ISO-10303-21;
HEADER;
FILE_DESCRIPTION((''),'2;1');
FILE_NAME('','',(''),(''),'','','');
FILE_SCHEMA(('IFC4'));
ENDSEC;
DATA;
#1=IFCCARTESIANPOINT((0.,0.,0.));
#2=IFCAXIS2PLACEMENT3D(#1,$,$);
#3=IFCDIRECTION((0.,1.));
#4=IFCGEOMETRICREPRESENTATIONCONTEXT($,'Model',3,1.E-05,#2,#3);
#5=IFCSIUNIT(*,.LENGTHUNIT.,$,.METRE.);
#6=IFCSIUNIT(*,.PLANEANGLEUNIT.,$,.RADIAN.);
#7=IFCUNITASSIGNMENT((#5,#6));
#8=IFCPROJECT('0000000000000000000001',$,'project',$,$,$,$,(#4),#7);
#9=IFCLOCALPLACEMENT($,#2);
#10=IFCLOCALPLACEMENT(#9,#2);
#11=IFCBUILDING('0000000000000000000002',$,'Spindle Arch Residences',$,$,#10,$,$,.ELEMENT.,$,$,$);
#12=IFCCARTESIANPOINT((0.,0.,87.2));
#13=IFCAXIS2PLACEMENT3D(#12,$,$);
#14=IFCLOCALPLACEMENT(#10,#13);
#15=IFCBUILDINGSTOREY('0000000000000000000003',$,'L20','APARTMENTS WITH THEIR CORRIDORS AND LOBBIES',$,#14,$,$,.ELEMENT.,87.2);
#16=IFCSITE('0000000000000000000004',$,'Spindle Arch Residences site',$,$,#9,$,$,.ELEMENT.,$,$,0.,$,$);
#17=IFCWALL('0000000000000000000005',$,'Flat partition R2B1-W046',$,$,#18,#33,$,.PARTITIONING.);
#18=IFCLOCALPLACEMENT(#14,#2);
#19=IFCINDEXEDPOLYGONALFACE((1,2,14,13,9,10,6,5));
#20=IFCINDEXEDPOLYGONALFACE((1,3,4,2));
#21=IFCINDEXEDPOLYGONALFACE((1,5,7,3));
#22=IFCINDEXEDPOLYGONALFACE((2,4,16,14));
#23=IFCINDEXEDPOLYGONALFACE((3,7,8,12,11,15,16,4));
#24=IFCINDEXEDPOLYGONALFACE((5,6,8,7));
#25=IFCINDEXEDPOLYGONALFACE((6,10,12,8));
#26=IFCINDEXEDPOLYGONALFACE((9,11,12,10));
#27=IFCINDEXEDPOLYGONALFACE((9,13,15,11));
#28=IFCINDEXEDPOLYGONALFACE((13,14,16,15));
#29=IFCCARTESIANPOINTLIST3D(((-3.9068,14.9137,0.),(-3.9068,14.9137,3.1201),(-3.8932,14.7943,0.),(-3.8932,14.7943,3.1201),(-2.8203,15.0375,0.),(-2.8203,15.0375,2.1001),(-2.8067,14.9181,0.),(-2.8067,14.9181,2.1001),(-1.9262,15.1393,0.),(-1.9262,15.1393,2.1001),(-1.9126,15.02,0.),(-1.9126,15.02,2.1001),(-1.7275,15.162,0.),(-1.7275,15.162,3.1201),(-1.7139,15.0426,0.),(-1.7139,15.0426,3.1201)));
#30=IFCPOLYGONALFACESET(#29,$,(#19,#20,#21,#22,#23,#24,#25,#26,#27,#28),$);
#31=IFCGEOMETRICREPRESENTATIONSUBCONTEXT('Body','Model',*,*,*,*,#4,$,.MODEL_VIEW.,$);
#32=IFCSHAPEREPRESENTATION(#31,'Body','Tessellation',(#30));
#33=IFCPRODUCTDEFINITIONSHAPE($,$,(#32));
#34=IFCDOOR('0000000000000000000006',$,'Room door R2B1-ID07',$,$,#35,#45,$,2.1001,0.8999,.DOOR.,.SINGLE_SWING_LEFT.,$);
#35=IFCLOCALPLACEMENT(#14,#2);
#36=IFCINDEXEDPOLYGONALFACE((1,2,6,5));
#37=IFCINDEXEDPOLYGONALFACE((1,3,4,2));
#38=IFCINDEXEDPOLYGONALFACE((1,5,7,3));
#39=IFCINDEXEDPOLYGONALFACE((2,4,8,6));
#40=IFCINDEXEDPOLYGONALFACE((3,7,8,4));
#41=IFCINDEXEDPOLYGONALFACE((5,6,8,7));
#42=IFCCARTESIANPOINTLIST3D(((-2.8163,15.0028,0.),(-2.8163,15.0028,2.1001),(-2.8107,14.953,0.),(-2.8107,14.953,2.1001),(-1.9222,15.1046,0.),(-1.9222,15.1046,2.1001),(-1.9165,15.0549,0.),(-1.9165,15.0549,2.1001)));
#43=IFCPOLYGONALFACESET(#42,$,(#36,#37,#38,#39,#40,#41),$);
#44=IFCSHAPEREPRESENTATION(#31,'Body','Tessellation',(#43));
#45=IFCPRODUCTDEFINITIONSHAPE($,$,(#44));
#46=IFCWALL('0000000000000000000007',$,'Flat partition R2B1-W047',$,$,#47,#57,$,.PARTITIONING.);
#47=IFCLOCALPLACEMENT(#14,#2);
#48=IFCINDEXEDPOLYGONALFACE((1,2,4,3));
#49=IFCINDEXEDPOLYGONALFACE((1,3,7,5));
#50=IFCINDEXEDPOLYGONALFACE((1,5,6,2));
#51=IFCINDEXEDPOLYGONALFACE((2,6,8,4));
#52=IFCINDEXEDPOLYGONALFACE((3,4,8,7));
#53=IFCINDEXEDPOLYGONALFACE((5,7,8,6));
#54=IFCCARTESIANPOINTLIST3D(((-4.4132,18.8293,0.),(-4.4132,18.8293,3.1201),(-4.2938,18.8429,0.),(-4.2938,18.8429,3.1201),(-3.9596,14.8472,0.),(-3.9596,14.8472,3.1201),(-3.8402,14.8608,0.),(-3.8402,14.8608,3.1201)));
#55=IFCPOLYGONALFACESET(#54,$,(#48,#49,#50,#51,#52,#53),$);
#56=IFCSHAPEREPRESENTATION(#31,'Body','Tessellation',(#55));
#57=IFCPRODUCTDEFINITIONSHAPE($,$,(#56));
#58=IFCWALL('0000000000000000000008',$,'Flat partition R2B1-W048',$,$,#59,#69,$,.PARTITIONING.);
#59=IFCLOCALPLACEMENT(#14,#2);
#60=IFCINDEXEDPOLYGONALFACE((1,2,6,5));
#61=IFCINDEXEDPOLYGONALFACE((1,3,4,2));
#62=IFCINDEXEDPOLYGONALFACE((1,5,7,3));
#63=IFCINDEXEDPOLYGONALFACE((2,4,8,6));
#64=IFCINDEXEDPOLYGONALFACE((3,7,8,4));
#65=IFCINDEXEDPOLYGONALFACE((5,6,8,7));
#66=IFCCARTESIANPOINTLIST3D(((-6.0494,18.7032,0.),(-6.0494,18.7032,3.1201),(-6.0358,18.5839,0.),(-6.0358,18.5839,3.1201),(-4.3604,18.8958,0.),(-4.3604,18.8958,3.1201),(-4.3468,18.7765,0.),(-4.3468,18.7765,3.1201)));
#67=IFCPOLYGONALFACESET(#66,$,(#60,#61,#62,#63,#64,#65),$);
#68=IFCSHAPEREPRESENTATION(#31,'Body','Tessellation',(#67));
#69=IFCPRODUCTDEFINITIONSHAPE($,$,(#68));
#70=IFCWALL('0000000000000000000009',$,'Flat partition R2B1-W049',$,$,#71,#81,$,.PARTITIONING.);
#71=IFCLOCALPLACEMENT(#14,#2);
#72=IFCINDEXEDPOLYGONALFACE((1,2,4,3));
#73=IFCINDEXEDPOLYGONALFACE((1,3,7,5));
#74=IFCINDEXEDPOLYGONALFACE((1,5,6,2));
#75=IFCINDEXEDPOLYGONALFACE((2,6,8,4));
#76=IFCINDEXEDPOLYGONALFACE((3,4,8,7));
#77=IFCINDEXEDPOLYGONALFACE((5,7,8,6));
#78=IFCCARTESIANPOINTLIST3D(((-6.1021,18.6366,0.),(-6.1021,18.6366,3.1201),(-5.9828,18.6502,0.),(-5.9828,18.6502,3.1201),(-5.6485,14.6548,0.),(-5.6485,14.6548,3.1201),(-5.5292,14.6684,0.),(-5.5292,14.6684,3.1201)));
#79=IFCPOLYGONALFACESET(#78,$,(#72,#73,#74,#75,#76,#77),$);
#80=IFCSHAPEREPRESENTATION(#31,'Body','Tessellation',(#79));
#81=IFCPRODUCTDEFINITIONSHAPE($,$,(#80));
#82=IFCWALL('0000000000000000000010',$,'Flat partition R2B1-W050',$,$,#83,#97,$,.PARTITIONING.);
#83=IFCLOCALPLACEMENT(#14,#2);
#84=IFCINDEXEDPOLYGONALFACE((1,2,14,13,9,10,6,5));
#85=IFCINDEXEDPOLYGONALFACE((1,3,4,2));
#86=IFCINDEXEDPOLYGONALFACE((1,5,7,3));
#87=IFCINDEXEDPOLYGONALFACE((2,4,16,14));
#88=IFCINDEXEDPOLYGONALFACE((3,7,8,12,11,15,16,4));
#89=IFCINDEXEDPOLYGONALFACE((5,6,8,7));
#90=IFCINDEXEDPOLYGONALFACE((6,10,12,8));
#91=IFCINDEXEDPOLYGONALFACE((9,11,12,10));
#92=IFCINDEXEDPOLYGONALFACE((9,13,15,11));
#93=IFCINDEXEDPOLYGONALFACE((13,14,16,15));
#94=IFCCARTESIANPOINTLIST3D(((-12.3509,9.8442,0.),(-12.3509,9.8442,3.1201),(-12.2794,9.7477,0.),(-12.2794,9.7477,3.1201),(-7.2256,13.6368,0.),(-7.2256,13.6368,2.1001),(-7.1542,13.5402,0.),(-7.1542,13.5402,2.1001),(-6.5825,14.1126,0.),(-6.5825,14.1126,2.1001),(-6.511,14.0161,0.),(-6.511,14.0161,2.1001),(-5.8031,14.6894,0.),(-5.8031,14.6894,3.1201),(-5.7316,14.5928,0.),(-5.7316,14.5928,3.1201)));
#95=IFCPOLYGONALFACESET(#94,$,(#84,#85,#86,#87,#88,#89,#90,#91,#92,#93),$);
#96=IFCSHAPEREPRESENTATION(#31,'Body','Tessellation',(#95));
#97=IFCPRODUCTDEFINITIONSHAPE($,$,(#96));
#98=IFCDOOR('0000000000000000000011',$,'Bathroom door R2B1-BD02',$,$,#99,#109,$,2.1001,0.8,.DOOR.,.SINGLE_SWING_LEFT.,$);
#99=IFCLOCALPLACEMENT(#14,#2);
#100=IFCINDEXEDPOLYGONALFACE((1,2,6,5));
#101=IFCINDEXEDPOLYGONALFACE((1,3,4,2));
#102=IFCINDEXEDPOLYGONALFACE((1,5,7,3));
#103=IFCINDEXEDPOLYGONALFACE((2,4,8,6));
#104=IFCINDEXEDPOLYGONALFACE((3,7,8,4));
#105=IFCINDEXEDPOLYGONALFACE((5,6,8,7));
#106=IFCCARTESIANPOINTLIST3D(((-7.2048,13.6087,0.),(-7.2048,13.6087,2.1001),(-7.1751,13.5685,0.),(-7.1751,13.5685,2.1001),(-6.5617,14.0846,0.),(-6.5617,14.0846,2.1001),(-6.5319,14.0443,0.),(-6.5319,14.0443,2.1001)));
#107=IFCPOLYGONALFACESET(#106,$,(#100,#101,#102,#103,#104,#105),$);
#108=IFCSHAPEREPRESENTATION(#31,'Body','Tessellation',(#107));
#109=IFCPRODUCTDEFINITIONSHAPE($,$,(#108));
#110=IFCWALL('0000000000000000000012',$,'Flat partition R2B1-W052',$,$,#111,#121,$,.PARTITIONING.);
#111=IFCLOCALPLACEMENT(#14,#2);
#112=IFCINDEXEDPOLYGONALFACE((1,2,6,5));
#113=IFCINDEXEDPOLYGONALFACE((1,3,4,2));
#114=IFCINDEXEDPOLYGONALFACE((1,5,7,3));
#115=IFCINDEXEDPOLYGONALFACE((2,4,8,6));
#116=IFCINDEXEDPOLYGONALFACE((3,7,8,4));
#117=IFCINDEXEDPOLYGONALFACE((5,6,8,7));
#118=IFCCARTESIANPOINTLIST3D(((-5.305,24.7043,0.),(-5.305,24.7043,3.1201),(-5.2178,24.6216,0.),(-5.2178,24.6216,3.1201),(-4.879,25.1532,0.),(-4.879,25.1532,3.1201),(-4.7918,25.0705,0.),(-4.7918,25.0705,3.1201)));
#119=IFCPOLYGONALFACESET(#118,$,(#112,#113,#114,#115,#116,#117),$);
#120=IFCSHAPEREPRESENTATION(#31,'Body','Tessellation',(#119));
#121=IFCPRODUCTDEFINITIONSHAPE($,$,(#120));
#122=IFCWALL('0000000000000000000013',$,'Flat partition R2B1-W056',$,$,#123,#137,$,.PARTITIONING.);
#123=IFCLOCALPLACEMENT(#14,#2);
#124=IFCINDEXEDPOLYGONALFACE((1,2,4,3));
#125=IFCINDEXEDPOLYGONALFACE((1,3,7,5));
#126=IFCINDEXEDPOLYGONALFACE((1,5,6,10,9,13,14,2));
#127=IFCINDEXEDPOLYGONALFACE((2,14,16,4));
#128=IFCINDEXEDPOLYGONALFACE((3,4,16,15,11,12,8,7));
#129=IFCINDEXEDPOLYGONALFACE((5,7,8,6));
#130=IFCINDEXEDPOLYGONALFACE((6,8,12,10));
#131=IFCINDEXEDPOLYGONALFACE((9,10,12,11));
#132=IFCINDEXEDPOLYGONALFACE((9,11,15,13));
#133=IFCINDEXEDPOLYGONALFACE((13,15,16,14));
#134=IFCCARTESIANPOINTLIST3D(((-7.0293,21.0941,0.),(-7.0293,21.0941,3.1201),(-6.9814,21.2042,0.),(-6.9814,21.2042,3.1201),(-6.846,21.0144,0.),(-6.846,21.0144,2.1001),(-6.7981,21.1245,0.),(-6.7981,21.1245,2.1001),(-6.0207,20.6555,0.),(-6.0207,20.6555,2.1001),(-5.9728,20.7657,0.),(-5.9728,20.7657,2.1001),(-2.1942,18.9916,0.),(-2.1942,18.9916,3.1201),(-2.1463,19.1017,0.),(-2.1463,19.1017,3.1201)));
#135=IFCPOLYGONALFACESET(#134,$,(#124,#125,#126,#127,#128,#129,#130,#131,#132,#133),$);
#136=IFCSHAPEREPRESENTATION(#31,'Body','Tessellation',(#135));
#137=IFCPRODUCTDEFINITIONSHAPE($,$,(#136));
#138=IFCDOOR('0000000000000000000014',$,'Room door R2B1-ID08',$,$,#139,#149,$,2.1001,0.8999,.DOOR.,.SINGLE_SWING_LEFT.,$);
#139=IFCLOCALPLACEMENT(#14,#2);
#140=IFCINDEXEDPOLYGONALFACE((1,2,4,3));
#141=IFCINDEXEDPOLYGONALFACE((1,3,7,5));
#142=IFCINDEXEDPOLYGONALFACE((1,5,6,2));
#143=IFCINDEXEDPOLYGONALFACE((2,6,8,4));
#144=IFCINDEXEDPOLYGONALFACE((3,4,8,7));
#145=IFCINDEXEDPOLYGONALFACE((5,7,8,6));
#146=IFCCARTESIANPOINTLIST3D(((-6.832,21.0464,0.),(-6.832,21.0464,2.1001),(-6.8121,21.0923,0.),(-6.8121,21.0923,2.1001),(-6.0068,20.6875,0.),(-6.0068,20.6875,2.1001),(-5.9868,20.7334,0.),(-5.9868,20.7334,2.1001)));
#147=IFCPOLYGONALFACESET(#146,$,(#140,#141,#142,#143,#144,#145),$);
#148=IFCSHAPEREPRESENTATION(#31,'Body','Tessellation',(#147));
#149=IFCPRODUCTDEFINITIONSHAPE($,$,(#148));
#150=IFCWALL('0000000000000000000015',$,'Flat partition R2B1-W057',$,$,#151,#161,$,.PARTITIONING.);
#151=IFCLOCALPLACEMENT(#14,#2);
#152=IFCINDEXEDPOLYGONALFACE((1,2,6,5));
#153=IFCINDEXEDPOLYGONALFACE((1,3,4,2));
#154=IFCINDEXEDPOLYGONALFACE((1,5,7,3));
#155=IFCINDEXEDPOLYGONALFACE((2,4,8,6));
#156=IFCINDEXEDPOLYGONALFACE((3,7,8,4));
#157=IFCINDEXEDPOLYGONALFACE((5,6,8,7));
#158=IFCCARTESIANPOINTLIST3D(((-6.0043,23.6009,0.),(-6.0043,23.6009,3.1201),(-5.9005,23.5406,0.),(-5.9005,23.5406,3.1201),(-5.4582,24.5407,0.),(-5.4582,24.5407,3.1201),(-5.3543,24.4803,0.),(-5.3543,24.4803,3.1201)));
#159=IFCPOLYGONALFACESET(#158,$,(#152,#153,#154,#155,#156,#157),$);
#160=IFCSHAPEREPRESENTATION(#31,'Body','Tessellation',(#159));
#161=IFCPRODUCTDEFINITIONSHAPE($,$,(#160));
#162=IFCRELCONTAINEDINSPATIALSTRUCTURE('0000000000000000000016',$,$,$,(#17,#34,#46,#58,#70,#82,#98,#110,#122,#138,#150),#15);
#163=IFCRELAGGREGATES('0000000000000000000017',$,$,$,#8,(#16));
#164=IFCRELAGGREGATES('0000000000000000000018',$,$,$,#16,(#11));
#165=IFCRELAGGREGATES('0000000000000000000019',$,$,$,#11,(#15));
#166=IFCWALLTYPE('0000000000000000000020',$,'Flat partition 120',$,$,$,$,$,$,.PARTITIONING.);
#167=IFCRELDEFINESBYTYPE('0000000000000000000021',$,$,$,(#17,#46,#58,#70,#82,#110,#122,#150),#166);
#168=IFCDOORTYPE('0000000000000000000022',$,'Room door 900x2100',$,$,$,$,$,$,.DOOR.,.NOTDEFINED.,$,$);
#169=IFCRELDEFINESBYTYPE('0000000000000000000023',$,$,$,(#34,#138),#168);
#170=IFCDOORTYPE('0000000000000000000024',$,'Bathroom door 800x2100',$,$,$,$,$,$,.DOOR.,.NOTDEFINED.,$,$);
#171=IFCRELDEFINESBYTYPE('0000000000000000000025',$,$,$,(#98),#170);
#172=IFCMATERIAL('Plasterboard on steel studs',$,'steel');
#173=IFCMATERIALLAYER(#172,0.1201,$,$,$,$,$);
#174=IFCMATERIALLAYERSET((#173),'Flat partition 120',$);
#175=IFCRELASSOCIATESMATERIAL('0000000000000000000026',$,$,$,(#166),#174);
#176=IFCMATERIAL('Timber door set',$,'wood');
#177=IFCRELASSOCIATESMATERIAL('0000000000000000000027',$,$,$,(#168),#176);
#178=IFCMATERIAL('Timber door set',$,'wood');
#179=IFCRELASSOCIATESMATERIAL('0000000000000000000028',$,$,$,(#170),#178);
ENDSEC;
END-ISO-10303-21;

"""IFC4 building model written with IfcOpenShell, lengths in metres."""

from ifc_helpers import new_model, si_unit, direction, frame, frame_2d, origin, place, context, subcontext, project, spatial, rectangle, extrude, material, layer, layer_set, type_object, element, fill, save


model = new_model("IFC4")

# Units and contexts
model_context = context("Model", 3, precision=1e-05, world=origin(), true_north=direction((0.0, 1.0)))
body_context = subcontext(model_context, "Body", "Model", "MODEL_VIEW")
ifc_project = project(units=[si_unit("LENGTHUNIT", "METRE"), si_unit("PLANEANGLEUNIT", "RADIAN")], contexts=[model_context])

# Site, building, storey
site_placement = place(None, origin())
site = spatial("IfcSite", under=ifc_project, at=site_placement, Name="Spindle Arch Residences site", CompositionType="ELEMENT", RefElevation=0.0)
building_placement = place(site_placement, origin())
building = spatial("IfcBuilding", under=site, at=building_placement, Name="Spindle Arch Residences", CompositionType="ELEMENT")
storey_placement = place(building_placement, frame((0.0, 0.0, 87.2)))
storey = spatial("IfcBuildingStorey", under=building, at=storey_placement, Name="L20", Description="APARTMENTS WITH THEIR CORRIDORS AND LOBBIES", CompositionType="ELEMENT", Elevation=87.2)

# Shared definitions
ifc_material_1 = material(Name="Plasterboard on steel studs", Category="steel")
ifc_layer_1 = layer(ifc_material_1, 0.1201)
ifc_layer_set_1 = layer_set([ifc_layer_1], Name="Flat partition 120")
wall_type_1 = type_object("IfcWallType", Name="Flat partition 120", PredefinedType="PARTITIONING", material=ifc_layer_set_1)

# Wall, opening, door
wall_1_placement = place(storey_placement, frame((-1.7207, 15.1023, 0.0), z_axis=(0.0, 0.0, 1.0), x_axis=(-0.993572, -0.113204, 0.0)))
wall_1 = element("IfcWall", 1, at=wall_1_placement, inside=storey, type_object=wall_type_1, Name="Flat partition R2B1-W046", PredefinedType="PARTITIONING", context=body_context, shape_type="SweptSolid", body=[
    extrude(rectangle(XDim=2.1934, YDim=0.1201, at=frame_2d((1.0967, 0.0))), origin(), (0.0, 0.0, 1.0), 3.1201),
])
opening_1_placement = place(wall_1_placement, frame((0.2, 0.0, 0.0)))
opening_1 = element("IfcOpeningElement", 2, at=opening_1_placement, cuts=wall_1, PredefinedType="OPENING", context=body_context, shape_type="SweptSolid", body=[
    extrude(rectangle(XDim=0.8999, YDim=2.1001, at=frame_2d((0.45, 1.05))), frame((0.0, 0.0701, 0.0), z_axis=(0.0, -1.0, 0.0), x_axis=(1.0, 0.0, 0.0)), (0.0, 0.0, 1.0), 0.1401),
])
ifc_material_2 = material(Name="Timber door set", Category="wood")
door_type_1 = type_object("IfcDoorType", Name="Room door 900x2100", OperationType="NOTDEFINED", PredefinedType="DOOR", material=ifc_material_2)
door_1_placement = place(opening_1_placement, origin())
door_1 = element("IfcDoor", 3, at=door_1_placement, inside=storey, type_object=door_type_1, Name="Room door R2B1-ID07", OperationType="SINGLE_SWING_LEFT", OverallHeight=2.1001, OverallWidth=0.8999, PredefinedType="DOOR", context=body_context, shape_type="SweptSolid", body=[
    extrude(rectangle(XDim=0.8999, YDim=2.1001, at=frame_2d((0.45, 1.05))), frame((0.0, 0.0249, 0.0), z_axis=(0.0, -1.0, 0.0), x_axis=(1.0, 0.0, 0.0)), (0.0, 0.0, 1.0), 0.05),
])
fill(opening_1, door_1)

# Walls
wall_2_placement = place(storey_placement, frame((-3.8999, 14.854, 0.0), z_axis=(0.0, 0.0, 1.0), x_axis=(-0.113179, 0.993575, 0.0)))
element("IfcWall", 4, at=wall_2_placement, inside=storey, type_object=wall_type_1, Name="Flat partition R2B1-W047", PredefinedType="PARTITIONING", context=body_context, shape_type="SweptSolid", body=[
    extrude(rectangle(XDim=4.0078, YDim=0.1201, at=frame_2d((2.0039, 0.0))), origin(), (0.0, 0.0, 1.0), 3.1201),
])
wall_3_placement = place(storey_placement, frame((-4.3535, 18.8362, 0.0), z_axis=(0.0, 0.0, 1.0), x_axis=(-0.993559, -0.113316, 0.0)))
element("IfcWall", 5, at=wall_3_placement, inside=storey, type_object=wall_type_1, Name="Flat partition R2B1-W048", PredefinedType="PARTITIONING", context=body_context, shape_type="SweptSolid", body=[
    extrude(rectangle(XDim=1.7, YDim=0.1201, at=frame_2d((0.8501, 0.0))), origin(), (0.0, 0.0, 1.0), 3.1201),
])
wall_4_placement = place(storey_placement, frame((-6.0425, 18.6436, 0.0), z_axis=(0.0, 0.0, 1.0), x_axis=(0.113186, -0.993574, 0.0)))
element("IfcWall", 6, at=wall_4_placement, inside=storey, type_object=wall_type_1, Name="Flat partition R2B1-W049", PredefinedType="PARTITIONING", context=body_context, shape_type="SweptSolid", body=[
    extrude(rectangle(XDim=4.0076, YDim=0.1201, at=frame_2d((2.0039, 0.0))), origin(), (0.0, 0.0, 1.0), 3.1201),
])

# Wall, opening, door
wall_5_placement = place(storey_placement, frame((-5.7673, 14.6411, 0.0), z_axis=(0.0, 0.0, 1.0), x_axis=(-0.803853, -0.594828, 0.0)))
wall_5 = element("IfcWall", 7, at=wall_5_placement, inside=storey, type_object=wall_type_1, Name="Flat partition R2B1-W050", PredefinedType="PARTITIONING", context=body_context, shape_type="SweptSolid", body=[
    extrude(rectangle(XDim=8.1455, YDim=0.1201, at=frame_2d((4.0728, 0.0))), origin(), (0.0, 0.0, 1.0), 3.1201),
])
opening_2_placement = place(wall_5_placement, frame((0.9697, 0.0, 0.0)))
opening_2 = element("IfcOpeningElement", 8, at=opening_2_placement, cuts=wall_5, PredefinedType="OPENING", context=body_context, shape_type="SweptSolid", body=[
    extrude(rectangle(XDim=0.8, YDim=2.1001, at=frame_2d((0.3999, 1.05))), frame((0.0, 0.0701, 0.0), z_axis=(0.0, -1.0, 0.0), x_axis=(1.0, 0.0, 0.0)), (0.0, 0.0, 1.0), 0.1401),
])
ifc_material_3 = material(Name="Timber door set", Category="wood")
door_type_2 = type_object("IfcDoorType", Name="Bathroom door 800x2100", OperationType="NOTDEFINED", PredefinedType="DOOR", material=ifc_material_3)
door_2_placement = place(opening_2_placement, origin())
door_2 = element("IfcDoor", 9, at=door_2_placement, inside=storey, type_object=door_type_2, Name="Bathroom door R2B1-BD02", OperationType="SINGLE_SWING_LEFT", OverallHeight=2.1001, OverallWidth=0.8, PredefinedType="DOOR", context=body_context, shape_type="SweptSolid", body=[
    extrude(rectangle(XDim=0.8, YDim=2.1001, at=frame_2d((0.3999, 1.05))), frame((0.0, 0.0249, 0.0), z_axis=(0.0, -1.0, 0.0), x_axis=(1.0, 0.0, 0.0)), (0.0, 0.0, 1.0), 0.05),
])
fill(opening_2, door_2)

# Wall
wall_6_placement = place(storey_placement, frame((-5.2615, 24.6628, 0.0), z_axis=(0.0, 0.0, 1.0), x_axis=(0.688324, 0.725403, 0.0)))
element("IfcWall", 10, at=wall_6_placement, inside=storey, type_object=wall_type_1, Name="Flat partition R2B1-W052", PredefinedType="PARTITIONING", context=body_context, shape_type="SweptSolid", body=[
    extrude(rectangle(XDim=0.6189, YDim=0.1201, at=frame_2d((0.3096, 0.0))), origin(), (0.0, 0.0, 1.0), 3.1201),
])

# Wall, opening, door
wall_7_placement = place(storey_placement, frame((-7.0054, 21.1492, 0.0), z_axis=(0.0, 0.0, 1.0), x_axis=(0.917051, -0.39877, 0.0)))
wall_7 = element("IfcWall", 11, at=wall_7_placement, inside=storey, type_object=wall_type_1, Name="Flat partition R2B1-W056", PredefinedType="PARTITIONING", context=body_context, shape_type="SweptSolid", body=[
    extrude(rectangle(XDim=5.2725, YDim=0.1201, at=frame_2d((2.6362, 0.0))), origin(), (0.0, 0.0, 1.0), 3.1201),
])
opening_3_placement = place(wall_7_placement, frame((0.2, 0.0, 0.0)))
opening_3 = element("IfcOpeningElement", 12, at=opening_3_placement, cuts=wall_7, PredefinedType="OPENING", context=body_context, shape_type="SweptSolid", body=[
    extrude(rectangle(XDim=0.8999, YDim=2.1001, at=frame_2d((0.45, 1.05))), frame((0.0, 0.0701, 0.0), z_axis=(0.0, -1.0, 0.0), x_axis=(1.0, 0.0, 0.0)), (0.0, 0.0, 1.0), 0.1401),
])
door_3_placement = place(opening_3_placement, origin())
door_3 = element("IfcDoor", 13, at=door_3_placement, inside=storey, type_object=door_type_1, Name="Room door R2B1-ID08", OperationType="SINGLE_SWING_LEFT", OverallHeight=2.1001, OverallWidth=0.8999, PredefinedType="DOOR", context=body_context, shape_type="SweptSolid", body=[
    extrude(rectangle(XDim=0.8999, YDim=2.1001, at=frame_2d((0.45, 1.05))), frame((0.0, 0.0249, 0.0), z_axis=(0.0, -1.0, 0.0), x_axis=(1.0, 0.0, 0.0)), (0.0, 0.0, 1.0), 0.05),
])
fill(opening_3, door_3)

# Wall
wall_8_placement = place(storey_placement, frame((-5.4062, 24.5105, 0.0), z_axis=(0.0, 0.0, 1.0), x_axis=(-0.502488, -0.864584, 0.0)))
element("IfcWall", 14, at=wall_8_placement, inside=storey, type_object=wall_type_1, Name="Flat partition R2B1-W057", PredefinedType="PARTITIONING", context=body_context, shape_type="SweptSolid", body=[
    extrude(rectangle(XDim=1.0869, YDim=0.1201, at=frame_2d((0.5435, 0.0))), origin(), (0.0, 0.0, 1.0), 3.1201),
])

save(model, "model.ifc")
